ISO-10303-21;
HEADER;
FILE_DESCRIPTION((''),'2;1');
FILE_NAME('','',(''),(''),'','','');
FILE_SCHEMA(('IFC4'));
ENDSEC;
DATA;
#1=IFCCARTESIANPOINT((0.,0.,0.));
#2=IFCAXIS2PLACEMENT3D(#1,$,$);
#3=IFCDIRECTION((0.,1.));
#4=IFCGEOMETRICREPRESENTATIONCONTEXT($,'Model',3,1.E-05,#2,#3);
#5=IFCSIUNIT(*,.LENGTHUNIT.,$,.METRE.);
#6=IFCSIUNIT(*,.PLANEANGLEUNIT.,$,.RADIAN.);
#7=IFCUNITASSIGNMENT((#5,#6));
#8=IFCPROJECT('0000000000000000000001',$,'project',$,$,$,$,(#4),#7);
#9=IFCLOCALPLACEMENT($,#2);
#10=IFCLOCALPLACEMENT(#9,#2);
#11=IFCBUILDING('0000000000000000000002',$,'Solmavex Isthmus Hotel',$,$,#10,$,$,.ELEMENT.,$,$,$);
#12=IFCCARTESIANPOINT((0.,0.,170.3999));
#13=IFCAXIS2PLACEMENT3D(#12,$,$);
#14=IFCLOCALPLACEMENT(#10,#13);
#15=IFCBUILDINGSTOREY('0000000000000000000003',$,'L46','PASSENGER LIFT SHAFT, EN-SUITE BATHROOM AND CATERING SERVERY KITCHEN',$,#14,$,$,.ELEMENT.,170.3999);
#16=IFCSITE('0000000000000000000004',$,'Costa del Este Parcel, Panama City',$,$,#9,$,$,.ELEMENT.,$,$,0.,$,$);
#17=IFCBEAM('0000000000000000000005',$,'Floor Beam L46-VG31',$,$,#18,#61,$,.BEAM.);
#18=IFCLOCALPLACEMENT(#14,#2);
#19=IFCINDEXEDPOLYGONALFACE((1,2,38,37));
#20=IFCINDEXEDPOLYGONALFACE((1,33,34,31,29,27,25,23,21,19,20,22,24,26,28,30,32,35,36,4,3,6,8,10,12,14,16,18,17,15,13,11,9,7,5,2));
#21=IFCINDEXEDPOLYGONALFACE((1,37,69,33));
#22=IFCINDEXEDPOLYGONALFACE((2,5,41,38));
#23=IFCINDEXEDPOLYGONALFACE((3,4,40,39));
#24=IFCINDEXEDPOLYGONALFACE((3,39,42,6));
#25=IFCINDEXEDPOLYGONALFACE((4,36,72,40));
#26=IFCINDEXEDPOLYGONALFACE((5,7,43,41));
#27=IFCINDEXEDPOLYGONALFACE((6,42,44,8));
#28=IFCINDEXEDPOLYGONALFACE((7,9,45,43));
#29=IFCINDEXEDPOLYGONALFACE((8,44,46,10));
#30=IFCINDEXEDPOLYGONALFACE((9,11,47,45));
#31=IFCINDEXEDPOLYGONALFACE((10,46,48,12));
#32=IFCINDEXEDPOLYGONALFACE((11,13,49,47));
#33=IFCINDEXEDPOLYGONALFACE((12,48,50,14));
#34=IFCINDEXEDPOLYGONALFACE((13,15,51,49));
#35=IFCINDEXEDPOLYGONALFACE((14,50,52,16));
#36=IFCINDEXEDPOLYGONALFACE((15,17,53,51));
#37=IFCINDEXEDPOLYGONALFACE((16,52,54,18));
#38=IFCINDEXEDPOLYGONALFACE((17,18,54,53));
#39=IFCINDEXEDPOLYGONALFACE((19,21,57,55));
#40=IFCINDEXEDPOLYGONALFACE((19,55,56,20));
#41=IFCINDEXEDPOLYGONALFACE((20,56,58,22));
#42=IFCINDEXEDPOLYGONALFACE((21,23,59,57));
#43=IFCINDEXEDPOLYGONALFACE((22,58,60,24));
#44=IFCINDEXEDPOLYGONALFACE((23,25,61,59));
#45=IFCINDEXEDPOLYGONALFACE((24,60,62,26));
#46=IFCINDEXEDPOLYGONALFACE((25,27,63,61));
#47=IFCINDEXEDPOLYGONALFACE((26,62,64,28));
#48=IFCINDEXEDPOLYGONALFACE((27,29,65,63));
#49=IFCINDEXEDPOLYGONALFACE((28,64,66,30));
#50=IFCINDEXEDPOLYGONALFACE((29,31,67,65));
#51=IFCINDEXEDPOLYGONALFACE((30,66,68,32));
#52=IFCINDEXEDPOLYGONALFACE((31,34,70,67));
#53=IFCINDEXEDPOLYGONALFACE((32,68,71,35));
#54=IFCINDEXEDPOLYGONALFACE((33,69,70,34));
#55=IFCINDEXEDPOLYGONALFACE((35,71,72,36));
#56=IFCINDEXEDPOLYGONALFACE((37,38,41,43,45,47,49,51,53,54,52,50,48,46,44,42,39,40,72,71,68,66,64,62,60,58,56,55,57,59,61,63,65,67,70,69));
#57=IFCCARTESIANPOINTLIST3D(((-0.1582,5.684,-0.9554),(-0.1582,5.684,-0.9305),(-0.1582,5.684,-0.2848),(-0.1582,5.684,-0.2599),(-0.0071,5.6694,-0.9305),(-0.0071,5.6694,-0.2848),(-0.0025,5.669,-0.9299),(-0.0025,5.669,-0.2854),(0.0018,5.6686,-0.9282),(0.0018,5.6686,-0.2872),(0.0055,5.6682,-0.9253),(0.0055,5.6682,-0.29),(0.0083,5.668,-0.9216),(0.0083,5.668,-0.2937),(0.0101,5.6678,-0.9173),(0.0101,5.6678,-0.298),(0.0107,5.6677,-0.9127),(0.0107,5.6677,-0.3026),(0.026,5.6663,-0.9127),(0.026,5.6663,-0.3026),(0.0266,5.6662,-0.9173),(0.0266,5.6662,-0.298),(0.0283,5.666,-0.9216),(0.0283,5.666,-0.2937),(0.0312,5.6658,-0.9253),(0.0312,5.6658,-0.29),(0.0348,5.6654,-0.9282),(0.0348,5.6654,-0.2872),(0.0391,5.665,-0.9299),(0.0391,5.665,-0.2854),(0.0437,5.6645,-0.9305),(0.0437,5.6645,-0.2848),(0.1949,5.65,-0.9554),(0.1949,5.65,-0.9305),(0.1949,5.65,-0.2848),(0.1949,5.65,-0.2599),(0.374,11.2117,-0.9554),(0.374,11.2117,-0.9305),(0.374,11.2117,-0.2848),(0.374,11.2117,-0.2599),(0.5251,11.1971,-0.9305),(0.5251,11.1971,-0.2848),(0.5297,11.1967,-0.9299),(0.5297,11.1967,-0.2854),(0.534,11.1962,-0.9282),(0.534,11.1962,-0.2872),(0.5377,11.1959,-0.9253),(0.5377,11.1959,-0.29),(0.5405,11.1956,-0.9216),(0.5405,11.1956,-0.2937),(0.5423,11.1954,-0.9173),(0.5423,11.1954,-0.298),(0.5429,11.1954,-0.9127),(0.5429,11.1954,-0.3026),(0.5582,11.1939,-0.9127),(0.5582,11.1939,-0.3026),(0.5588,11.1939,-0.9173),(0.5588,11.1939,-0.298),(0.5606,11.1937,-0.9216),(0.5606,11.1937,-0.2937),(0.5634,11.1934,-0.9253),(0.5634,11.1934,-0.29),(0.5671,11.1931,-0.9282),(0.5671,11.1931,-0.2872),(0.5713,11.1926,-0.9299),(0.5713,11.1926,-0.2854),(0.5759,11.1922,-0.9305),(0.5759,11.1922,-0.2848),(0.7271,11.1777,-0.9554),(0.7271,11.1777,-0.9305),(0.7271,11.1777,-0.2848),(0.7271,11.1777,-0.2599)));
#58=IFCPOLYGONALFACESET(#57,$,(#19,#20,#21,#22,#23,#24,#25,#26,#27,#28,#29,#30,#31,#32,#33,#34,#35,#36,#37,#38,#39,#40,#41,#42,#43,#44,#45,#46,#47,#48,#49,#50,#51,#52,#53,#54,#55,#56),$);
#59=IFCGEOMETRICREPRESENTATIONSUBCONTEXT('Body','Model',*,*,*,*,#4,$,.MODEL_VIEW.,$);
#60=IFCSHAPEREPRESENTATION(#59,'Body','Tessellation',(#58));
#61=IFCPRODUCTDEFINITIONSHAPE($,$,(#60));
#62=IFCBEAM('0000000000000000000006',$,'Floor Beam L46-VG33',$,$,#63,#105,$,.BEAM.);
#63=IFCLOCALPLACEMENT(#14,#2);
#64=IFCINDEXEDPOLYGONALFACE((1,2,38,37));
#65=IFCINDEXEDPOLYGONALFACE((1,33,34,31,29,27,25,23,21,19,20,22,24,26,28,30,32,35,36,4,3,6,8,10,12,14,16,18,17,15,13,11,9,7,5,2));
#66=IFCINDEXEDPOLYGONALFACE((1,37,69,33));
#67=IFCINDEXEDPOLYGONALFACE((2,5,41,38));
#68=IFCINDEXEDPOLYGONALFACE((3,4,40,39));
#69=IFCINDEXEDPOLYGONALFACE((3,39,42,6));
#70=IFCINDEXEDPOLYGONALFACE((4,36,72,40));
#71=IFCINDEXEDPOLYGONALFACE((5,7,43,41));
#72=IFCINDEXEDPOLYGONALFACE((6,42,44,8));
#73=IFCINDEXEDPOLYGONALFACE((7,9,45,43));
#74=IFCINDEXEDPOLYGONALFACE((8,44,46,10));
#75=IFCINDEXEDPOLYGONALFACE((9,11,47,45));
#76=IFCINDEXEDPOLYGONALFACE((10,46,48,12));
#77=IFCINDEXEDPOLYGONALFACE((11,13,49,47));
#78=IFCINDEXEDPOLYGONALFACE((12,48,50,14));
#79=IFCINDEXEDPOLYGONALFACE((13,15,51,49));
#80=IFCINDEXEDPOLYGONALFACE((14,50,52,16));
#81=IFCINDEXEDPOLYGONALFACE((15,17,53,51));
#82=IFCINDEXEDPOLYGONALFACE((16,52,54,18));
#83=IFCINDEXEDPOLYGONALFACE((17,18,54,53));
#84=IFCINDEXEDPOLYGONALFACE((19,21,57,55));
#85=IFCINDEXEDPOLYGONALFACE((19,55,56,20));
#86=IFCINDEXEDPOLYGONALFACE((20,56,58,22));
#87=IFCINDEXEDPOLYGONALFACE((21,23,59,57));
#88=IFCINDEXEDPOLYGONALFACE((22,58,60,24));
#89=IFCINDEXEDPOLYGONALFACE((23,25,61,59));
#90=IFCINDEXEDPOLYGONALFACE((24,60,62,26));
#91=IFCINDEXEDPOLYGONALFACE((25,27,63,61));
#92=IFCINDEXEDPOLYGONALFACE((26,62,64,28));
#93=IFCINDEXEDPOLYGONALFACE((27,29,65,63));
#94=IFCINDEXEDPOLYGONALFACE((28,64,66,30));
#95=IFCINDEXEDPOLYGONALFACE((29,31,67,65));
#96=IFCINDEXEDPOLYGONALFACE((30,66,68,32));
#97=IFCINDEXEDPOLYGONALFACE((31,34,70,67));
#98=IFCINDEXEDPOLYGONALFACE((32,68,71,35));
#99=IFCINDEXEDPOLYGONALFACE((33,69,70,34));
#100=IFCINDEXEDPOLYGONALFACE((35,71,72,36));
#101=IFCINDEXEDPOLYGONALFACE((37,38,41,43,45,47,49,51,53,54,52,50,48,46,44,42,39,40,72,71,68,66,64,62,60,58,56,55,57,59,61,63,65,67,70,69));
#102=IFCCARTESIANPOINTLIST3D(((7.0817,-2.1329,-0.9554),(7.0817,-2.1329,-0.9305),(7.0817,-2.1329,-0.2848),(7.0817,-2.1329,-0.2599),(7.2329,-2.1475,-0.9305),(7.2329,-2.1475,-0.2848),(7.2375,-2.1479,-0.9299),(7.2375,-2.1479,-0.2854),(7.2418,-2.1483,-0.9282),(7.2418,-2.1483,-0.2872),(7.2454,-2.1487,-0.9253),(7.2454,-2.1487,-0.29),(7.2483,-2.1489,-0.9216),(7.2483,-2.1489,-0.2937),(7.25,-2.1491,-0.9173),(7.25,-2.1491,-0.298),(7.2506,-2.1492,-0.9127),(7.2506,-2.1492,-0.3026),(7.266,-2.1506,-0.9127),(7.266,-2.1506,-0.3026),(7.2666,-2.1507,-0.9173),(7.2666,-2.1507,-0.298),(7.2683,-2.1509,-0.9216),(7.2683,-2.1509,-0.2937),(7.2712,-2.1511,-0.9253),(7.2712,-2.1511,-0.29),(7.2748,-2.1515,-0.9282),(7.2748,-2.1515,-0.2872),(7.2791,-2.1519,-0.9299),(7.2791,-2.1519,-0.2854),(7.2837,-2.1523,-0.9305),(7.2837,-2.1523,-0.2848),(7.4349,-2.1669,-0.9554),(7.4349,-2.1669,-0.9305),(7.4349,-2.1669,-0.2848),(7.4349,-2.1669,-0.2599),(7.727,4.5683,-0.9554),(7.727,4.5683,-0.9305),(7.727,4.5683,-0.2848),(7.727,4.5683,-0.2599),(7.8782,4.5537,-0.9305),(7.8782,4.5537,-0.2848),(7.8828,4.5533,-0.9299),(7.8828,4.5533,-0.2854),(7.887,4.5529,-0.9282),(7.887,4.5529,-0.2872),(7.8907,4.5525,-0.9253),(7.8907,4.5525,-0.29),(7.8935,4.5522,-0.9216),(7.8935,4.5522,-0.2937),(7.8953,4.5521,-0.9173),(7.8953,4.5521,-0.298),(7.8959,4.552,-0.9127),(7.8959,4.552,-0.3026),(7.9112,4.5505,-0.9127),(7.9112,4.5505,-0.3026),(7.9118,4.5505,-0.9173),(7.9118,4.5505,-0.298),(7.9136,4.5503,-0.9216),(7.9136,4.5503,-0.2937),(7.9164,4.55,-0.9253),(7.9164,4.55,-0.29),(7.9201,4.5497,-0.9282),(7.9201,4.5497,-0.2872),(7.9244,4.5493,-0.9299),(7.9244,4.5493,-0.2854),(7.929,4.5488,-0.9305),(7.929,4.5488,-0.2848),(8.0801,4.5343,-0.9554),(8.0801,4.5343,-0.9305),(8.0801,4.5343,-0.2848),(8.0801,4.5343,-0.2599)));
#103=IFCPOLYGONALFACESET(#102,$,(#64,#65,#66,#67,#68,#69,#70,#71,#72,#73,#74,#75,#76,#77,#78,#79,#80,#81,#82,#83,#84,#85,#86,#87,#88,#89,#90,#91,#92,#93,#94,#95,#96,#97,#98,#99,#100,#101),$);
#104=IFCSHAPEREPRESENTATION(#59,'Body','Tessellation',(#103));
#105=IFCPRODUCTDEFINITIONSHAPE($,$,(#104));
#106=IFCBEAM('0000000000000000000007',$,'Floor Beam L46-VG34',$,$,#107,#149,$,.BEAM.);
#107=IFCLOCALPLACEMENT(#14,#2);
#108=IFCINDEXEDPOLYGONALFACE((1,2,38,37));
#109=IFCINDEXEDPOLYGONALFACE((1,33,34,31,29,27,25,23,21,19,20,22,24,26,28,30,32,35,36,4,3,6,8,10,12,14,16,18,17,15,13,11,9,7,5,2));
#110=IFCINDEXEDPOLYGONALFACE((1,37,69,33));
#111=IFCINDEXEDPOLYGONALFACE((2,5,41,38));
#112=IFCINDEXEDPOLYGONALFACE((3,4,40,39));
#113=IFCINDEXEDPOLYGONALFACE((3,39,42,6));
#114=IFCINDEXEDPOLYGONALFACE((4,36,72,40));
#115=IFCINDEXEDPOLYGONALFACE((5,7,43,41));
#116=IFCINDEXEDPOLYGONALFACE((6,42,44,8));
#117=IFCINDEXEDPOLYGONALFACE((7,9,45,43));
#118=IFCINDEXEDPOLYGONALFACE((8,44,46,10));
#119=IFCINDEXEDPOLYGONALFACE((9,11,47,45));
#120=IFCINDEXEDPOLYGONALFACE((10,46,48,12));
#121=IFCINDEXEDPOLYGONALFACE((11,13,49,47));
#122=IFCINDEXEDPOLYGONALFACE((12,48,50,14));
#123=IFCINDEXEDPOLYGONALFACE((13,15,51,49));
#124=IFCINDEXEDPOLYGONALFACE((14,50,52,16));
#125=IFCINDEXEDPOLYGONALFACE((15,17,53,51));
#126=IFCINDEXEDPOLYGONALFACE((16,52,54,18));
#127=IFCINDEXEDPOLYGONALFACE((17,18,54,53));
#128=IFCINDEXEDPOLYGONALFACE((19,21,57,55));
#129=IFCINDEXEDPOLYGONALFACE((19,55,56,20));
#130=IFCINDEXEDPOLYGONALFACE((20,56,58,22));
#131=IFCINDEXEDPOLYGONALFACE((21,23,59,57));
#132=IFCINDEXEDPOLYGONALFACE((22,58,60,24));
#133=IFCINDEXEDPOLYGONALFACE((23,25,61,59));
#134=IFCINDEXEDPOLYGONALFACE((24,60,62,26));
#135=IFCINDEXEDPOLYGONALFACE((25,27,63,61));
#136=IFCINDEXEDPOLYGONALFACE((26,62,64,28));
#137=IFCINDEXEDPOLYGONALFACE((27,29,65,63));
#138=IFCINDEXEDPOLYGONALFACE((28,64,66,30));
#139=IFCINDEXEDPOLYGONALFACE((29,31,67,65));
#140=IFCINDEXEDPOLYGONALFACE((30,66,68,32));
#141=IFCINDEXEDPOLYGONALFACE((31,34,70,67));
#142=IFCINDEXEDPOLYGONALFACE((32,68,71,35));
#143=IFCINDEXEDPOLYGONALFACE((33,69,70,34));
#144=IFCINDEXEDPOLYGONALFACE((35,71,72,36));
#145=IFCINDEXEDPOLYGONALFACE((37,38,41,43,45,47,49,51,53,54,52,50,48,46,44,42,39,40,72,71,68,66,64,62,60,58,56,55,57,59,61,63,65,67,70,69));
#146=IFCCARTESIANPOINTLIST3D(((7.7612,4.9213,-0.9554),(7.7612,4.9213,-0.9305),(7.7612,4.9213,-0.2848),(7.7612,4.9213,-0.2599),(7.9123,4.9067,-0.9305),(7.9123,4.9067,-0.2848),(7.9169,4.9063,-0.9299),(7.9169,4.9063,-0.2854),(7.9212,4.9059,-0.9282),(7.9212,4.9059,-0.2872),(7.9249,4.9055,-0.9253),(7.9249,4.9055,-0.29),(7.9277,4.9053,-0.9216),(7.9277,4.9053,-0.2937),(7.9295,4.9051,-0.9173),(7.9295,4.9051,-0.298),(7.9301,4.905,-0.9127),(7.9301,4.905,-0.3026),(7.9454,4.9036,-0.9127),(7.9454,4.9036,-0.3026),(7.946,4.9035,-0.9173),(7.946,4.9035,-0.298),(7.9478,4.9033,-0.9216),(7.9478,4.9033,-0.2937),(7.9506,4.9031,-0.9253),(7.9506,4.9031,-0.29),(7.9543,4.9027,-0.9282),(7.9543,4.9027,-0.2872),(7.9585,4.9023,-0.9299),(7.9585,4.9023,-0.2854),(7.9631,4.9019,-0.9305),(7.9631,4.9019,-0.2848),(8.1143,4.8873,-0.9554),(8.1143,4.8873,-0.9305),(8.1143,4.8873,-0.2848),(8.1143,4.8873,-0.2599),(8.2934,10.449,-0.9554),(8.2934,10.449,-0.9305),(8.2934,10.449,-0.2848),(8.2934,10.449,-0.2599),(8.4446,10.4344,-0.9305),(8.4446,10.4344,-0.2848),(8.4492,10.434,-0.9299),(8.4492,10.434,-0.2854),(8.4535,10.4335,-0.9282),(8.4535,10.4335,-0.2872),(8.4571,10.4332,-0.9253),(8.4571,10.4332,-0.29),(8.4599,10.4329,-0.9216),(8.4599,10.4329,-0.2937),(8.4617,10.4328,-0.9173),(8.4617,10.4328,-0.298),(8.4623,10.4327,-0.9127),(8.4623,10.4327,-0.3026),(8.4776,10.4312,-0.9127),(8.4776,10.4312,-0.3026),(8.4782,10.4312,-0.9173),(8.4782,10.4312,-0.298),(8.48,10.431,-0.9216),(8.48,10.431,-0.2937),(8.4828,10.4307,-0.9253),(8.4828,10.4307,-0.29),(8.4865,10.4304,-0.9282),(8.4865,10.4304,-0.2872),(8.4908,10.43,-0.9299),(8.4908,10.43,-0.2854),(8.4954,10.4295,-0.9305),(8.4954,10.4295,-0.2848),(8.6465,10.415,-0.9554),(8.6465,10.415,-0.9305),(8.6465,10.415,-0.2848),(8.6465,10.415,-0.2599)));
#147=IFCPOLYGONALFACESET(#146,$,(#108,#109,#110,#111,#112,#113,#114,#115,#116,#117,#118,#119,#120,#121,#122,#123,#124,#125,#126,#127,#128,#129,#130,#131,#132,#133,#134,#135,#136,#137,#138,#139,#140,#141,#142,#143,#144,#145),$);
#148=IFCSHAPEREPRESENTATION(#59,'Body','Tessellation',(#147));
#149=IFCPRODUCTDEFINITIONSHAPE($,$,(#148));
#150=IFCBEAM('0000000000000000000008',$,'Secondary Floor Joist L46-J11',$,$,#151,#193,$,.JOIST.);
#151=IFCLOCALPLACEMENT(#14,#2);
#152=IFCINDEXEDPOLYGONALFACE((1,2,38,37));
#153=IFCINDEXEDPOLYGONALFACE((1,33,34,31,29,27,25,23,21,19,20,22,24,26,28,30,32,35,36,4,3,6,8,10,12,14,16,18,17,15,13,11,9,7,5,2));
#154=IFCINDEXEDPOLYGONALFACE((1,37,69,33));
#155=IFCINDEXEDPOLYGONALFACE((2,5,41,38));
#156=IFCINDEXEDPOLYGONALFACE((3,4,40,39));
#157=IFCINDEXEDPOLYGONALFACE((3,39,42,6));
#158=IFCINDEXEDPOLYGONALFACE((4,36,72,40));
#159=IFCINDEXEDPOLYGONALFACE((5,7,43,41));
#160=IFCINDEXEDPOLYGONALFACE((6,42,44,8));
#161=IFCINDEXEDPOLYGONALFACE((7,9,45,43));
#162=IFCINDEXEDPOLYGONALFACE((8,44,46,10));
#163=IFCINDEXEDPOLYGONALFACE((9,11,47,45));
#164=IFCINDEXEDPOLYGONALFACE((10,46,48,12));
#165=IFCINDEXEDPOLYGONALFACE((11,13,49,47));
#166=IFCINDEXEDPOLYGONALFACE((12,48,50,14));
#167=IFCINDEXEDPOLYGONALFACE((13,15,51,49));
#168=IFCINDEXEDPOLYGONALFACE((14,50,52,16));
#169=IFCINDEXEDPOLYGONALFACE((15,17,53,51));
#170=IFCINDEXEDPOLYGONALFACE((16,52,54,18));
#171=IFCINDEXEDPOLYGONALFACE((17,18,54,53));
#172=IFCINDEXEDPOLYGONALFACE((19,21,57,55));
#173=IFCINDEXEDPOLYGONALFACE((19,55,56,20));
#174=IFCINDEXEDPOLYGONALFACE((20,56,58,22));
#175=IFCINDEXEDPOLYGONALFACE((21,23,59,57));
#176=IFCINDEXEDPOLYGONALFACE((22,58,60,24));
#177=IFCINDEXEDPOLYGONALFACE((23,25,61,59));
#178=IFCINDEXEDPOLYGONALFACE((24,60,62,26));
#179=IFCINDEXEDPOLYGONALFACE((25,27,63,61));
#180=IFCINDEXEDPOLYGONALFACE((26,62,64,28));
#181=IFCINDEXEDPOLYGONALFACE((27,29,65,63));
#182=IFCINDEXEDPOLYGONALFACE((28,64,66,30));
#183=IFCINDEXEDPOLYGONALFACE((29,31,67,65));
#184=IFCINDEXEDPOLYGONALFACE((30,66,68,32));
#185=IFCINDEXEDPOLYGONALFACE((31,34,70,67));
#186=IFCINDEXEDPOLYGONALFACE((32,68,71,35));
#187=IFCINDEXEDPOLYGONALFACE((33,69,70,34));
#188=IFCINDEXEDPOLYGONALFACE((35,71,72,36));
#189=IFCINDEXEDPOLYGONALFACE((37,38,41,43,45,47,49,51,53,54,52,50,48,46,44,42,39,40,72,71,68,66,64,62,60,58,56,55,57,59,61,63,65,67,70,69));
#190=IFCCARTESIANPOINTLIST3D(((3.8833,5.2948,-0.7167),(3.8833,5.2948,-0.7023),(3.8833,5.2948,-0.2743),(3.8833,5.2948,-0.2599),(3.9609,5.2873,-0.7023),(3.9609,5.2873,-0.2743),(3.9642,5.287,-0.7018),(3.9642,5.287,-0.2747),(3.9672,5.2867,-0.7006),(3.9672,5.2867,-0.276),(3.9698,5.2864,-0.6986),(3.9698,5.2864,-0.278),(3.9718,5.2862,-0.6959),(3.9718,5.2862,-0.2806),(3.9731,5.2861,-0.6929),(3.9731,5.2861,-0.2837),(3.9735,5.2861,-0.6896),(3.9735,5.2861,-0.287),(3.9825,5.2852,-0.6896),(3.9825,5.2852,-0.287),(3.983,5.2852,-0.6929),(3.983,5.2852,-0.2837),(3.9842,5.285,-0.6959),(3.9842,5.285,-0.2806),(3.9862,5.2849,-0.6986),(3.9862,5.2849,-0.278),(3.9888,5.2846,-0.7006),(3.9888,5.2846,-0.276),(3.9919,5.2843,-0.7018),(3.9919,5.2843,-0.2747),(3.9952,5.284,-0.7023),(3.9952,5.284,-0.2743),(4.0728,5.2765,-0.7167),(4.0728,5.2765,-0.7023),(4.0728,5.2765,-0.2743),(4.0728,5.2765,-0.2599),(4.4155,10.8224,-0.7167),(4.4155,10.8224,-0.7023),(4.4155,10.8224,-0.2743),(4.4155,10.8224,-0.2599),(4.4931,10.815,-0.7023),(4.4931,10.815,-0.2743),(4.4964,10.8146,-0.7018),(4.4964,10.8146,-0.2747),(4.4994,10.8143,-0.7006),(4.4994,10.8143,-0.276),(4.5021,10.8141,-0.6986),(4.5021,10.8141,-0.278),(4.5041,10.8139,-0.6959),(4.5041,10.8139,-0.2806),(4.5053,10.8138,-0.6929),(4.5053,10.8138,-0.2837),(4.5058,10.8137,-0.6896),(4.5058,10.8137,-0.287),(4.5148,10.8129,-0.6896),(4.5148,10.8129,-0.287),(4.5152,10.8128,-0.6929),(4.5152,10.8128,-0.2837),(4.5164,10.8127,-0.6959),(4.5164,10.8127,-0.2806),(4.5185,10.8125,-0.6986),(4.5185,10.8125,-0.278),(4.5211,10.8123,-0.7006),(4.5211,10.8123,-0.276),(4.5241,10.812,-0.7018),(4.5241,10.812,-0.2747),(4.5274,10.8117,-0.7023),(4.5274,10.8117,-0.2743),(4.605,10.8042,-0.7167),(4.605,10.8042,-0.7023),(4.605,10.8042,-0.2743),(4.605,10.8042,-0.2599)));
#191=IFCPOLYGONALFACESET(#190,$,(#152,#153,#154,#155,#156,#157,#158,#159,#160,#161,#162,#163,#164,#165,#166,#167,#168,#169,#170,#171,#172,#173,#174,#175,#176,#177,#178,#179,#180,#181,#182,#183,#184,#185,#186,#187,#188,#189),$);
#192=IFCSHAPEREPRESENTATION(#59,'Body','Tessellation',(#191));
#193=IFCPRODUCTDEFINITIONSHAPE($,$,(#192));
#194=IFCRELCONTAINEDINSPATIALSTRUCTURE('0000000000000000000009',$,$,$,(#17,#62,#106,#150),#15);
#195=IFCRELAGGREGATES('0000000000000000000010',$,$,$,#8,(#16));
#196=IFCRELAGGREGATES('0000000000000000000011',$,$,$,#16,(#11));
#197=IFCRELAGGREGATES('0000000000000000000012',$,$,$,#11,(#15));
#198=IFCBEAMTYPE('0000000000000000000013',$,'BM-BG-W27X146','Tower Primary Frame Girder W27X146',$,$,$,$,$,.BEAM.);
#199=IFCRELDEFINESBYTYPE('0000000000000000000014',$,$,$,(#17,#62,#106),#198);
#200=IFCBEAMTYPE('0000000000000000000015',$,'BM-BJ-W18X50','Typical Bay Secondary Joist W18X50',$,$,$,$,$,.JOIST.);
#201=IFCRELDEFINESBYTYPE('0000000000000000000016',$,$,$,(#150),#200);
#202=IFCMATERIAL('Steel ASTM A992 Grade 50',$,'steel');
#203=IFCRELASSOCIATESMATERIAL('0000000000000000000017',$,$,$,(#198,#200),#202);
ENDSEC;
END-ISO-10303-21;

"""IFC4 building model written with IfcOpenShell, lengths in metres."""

from ifc_helpers import new_model, si_unit, direction, frame, origin, origin_2d, place, context, subcontext, project, spatial, i_section, extrude, material, material_profile, profile_set, type_object, element, save


model = new_model("IFC4")

# Units and contexts
model_context = context("Model", 3, precision=1e-05, world=origin(), true_north=direction((0.0, 1.0)))
body_context = subcontext(model_context, "Body", "Model", "MODEL_VIEW")
ifc_project = project(units=[si_unit("LENGTHUNIT", "METRE"), si_unit("PLANEANGLEUNIT", "RADIAN")], contexts=[model_context])

# Site, building, storey
site_placement = place(None, origin())
site = spatial("IfcSite", under=ifc_project, at=site_placement, Name="Costa del Este Parcel, Panama City", CompositionType="ELEMENT", RefElevation=0.0)
building_placement = place(site_placement, origin())
building = spatial("IfcBuilding", under=site, at=building_placement, Name="Solmavex Isthmus Hotel", CompositionType="ELEMENT")
storey_placement = place(building_placement, frame((0.0, 0.0, 170.3999)))
storey = spatial("IfcBuildingStorey", under=building, at=storey_placement, Name="L46", Description="PASSENGER LIFT SHAFT, EN-SUITE BATHROOM AND CATERING SERVERY KITCHEN", CompositionType="ELEMENT", Elevation=170.3999)

# Beams
ifc_material_1 = material(Name="Steel ASTM A992 Grade 50", Category="steel")
ifc_material_profile_1 = material_profile(ifc_material_1, i_section(OverallWidth=0.3547, OverallDepth=0.6956, WebThickness=0.0154, FlangeThickness=0.0249, FilletRadius=0.0178, at=origin_2d()), Name="W27X146")
ifc_profile_set_1 = profile_set([ifc_material_profile_1], Name="Steel ASTM A992 Grade 50")
beam_type_1 = type_object("IfcBeamType", Name="BM-BG-W27X146", Description="Tower Primary Frame Girder W27X146", PredefinedType="BEAM", material=ifc_profile_set_1)
beam_1_placement = place(storey_placement, frame((0.0183, 5.667, -0.6077), z_axis=(0.095842, 0.995397, 0.0), x_axis=(-0.995397, 0.095842, 0.0)))
element("IfcBeam", 1, at=beam_1_placement, inside=storey, type_object=beam_type_1, Name="Floor Beam L46-VG31", PredefinedType="BEAM", context=body_context, shape_type="SweptSolid", body=[
    extrude(i_section(OverallWidth=0.3547, OverallDepth=0.6956, WebThickness=0.0154, FlangeThickness=0.0249, FilletRadius=0.0178, at=origin_2d()), origin(), (0.0, 0.0, 1.0), 5.5532),
])
beam_2_placement = place(storey_placement, frame((7.2583, -2.1499, -0.6077), z_axis=(0.095848, 0.995396, 0.0), x_axis=(-0.995396, 0.095848, 0.0)))
element("IfcBeam", 2, at=beam_2_placement, inside=storey, type_object=beam_type_1, Name="Floor Beam L46-VG33", PredefinedType="BEAM", context=body_context, shape_type="SweptSolid", body=[
    extrude(i_section(OverallWidth=0.3547, OverallDepth=0.6956, WebThickness=0.0154, FlangeThickness=0.0249, FilletRadius=0.0178, at=origin_2d()), origin(), (0.0, 0.0, 1.0), 6.7322),
])
beam_3_placement = place(storey_placement, frame((7.9377, 4.9043, -0.6077), z_axis=(0.095842, 0.995397, 0.0), x_axis=(-0.995397, 0.095842, 0.0)))
element("IfcBeam", 3, at=beam_3_placement, inside=storey, type_object=beam_type_1, Name="Floor Beam L46-VG34", PredefinedType="BEAM", context=body_context, shape_type="SweptSolid", body=[
    extrude(i_section(OverallWidth=0.3547, OverallDepth=0.6956, WebThickness=0.0154, FlangeThickness=0.0249, FilletRadius=0.0178, at=origin_2d()), origin(), (0.0, 0.0, 1.0), 5.5532),
])
ifc_material_profile_2 = material_profile(ifc_material_1, i_section(OverallWidth=0.1904, OverallDepth=0.4568, WebThickness=0.009, FlangeThickness=0.0144, FilletRadius=0.0127, at=origin_2d()), Name="W18X50")
ifc_profile_set_2 = profile_set([ifc_material_profile_2], Name="Steel ASTM A992 Grade 50")
beam_type_2 = type_object("IfcBeamType", Name="BM-BJ-W18X50", Description="Typical Bay Secondary Joist W18X50", PredefinedType="JOIST", material=ifc_profile_set_2)
beam_4_placement = place(storey_placement, frame((3.978, 5.2856, -0.4883), z_axis=(0.095842, 0.995397, 0.0), x_axis=(-0.995397, 0.095842, 0.0)))
element("IfcBeam", 4, at=beam_4_placement, inside=storey, type_object=beam_type_2, Name="Secondary Floor Joist L46-J11", PredefinedType="JOIST", context=body_context, shape_type="SweptSolid", body=[
    extrude(i_section(OverallWidth=0.1904, OverallDepth=0.4568, WebThickness=0.009, FlangeThickness=0.0144, FilletRadius=0.0127, at=origin_2d()), origin(), (0.0, 0.0, 1.0), 5.5532),
])

save(model, "model.ifc")
